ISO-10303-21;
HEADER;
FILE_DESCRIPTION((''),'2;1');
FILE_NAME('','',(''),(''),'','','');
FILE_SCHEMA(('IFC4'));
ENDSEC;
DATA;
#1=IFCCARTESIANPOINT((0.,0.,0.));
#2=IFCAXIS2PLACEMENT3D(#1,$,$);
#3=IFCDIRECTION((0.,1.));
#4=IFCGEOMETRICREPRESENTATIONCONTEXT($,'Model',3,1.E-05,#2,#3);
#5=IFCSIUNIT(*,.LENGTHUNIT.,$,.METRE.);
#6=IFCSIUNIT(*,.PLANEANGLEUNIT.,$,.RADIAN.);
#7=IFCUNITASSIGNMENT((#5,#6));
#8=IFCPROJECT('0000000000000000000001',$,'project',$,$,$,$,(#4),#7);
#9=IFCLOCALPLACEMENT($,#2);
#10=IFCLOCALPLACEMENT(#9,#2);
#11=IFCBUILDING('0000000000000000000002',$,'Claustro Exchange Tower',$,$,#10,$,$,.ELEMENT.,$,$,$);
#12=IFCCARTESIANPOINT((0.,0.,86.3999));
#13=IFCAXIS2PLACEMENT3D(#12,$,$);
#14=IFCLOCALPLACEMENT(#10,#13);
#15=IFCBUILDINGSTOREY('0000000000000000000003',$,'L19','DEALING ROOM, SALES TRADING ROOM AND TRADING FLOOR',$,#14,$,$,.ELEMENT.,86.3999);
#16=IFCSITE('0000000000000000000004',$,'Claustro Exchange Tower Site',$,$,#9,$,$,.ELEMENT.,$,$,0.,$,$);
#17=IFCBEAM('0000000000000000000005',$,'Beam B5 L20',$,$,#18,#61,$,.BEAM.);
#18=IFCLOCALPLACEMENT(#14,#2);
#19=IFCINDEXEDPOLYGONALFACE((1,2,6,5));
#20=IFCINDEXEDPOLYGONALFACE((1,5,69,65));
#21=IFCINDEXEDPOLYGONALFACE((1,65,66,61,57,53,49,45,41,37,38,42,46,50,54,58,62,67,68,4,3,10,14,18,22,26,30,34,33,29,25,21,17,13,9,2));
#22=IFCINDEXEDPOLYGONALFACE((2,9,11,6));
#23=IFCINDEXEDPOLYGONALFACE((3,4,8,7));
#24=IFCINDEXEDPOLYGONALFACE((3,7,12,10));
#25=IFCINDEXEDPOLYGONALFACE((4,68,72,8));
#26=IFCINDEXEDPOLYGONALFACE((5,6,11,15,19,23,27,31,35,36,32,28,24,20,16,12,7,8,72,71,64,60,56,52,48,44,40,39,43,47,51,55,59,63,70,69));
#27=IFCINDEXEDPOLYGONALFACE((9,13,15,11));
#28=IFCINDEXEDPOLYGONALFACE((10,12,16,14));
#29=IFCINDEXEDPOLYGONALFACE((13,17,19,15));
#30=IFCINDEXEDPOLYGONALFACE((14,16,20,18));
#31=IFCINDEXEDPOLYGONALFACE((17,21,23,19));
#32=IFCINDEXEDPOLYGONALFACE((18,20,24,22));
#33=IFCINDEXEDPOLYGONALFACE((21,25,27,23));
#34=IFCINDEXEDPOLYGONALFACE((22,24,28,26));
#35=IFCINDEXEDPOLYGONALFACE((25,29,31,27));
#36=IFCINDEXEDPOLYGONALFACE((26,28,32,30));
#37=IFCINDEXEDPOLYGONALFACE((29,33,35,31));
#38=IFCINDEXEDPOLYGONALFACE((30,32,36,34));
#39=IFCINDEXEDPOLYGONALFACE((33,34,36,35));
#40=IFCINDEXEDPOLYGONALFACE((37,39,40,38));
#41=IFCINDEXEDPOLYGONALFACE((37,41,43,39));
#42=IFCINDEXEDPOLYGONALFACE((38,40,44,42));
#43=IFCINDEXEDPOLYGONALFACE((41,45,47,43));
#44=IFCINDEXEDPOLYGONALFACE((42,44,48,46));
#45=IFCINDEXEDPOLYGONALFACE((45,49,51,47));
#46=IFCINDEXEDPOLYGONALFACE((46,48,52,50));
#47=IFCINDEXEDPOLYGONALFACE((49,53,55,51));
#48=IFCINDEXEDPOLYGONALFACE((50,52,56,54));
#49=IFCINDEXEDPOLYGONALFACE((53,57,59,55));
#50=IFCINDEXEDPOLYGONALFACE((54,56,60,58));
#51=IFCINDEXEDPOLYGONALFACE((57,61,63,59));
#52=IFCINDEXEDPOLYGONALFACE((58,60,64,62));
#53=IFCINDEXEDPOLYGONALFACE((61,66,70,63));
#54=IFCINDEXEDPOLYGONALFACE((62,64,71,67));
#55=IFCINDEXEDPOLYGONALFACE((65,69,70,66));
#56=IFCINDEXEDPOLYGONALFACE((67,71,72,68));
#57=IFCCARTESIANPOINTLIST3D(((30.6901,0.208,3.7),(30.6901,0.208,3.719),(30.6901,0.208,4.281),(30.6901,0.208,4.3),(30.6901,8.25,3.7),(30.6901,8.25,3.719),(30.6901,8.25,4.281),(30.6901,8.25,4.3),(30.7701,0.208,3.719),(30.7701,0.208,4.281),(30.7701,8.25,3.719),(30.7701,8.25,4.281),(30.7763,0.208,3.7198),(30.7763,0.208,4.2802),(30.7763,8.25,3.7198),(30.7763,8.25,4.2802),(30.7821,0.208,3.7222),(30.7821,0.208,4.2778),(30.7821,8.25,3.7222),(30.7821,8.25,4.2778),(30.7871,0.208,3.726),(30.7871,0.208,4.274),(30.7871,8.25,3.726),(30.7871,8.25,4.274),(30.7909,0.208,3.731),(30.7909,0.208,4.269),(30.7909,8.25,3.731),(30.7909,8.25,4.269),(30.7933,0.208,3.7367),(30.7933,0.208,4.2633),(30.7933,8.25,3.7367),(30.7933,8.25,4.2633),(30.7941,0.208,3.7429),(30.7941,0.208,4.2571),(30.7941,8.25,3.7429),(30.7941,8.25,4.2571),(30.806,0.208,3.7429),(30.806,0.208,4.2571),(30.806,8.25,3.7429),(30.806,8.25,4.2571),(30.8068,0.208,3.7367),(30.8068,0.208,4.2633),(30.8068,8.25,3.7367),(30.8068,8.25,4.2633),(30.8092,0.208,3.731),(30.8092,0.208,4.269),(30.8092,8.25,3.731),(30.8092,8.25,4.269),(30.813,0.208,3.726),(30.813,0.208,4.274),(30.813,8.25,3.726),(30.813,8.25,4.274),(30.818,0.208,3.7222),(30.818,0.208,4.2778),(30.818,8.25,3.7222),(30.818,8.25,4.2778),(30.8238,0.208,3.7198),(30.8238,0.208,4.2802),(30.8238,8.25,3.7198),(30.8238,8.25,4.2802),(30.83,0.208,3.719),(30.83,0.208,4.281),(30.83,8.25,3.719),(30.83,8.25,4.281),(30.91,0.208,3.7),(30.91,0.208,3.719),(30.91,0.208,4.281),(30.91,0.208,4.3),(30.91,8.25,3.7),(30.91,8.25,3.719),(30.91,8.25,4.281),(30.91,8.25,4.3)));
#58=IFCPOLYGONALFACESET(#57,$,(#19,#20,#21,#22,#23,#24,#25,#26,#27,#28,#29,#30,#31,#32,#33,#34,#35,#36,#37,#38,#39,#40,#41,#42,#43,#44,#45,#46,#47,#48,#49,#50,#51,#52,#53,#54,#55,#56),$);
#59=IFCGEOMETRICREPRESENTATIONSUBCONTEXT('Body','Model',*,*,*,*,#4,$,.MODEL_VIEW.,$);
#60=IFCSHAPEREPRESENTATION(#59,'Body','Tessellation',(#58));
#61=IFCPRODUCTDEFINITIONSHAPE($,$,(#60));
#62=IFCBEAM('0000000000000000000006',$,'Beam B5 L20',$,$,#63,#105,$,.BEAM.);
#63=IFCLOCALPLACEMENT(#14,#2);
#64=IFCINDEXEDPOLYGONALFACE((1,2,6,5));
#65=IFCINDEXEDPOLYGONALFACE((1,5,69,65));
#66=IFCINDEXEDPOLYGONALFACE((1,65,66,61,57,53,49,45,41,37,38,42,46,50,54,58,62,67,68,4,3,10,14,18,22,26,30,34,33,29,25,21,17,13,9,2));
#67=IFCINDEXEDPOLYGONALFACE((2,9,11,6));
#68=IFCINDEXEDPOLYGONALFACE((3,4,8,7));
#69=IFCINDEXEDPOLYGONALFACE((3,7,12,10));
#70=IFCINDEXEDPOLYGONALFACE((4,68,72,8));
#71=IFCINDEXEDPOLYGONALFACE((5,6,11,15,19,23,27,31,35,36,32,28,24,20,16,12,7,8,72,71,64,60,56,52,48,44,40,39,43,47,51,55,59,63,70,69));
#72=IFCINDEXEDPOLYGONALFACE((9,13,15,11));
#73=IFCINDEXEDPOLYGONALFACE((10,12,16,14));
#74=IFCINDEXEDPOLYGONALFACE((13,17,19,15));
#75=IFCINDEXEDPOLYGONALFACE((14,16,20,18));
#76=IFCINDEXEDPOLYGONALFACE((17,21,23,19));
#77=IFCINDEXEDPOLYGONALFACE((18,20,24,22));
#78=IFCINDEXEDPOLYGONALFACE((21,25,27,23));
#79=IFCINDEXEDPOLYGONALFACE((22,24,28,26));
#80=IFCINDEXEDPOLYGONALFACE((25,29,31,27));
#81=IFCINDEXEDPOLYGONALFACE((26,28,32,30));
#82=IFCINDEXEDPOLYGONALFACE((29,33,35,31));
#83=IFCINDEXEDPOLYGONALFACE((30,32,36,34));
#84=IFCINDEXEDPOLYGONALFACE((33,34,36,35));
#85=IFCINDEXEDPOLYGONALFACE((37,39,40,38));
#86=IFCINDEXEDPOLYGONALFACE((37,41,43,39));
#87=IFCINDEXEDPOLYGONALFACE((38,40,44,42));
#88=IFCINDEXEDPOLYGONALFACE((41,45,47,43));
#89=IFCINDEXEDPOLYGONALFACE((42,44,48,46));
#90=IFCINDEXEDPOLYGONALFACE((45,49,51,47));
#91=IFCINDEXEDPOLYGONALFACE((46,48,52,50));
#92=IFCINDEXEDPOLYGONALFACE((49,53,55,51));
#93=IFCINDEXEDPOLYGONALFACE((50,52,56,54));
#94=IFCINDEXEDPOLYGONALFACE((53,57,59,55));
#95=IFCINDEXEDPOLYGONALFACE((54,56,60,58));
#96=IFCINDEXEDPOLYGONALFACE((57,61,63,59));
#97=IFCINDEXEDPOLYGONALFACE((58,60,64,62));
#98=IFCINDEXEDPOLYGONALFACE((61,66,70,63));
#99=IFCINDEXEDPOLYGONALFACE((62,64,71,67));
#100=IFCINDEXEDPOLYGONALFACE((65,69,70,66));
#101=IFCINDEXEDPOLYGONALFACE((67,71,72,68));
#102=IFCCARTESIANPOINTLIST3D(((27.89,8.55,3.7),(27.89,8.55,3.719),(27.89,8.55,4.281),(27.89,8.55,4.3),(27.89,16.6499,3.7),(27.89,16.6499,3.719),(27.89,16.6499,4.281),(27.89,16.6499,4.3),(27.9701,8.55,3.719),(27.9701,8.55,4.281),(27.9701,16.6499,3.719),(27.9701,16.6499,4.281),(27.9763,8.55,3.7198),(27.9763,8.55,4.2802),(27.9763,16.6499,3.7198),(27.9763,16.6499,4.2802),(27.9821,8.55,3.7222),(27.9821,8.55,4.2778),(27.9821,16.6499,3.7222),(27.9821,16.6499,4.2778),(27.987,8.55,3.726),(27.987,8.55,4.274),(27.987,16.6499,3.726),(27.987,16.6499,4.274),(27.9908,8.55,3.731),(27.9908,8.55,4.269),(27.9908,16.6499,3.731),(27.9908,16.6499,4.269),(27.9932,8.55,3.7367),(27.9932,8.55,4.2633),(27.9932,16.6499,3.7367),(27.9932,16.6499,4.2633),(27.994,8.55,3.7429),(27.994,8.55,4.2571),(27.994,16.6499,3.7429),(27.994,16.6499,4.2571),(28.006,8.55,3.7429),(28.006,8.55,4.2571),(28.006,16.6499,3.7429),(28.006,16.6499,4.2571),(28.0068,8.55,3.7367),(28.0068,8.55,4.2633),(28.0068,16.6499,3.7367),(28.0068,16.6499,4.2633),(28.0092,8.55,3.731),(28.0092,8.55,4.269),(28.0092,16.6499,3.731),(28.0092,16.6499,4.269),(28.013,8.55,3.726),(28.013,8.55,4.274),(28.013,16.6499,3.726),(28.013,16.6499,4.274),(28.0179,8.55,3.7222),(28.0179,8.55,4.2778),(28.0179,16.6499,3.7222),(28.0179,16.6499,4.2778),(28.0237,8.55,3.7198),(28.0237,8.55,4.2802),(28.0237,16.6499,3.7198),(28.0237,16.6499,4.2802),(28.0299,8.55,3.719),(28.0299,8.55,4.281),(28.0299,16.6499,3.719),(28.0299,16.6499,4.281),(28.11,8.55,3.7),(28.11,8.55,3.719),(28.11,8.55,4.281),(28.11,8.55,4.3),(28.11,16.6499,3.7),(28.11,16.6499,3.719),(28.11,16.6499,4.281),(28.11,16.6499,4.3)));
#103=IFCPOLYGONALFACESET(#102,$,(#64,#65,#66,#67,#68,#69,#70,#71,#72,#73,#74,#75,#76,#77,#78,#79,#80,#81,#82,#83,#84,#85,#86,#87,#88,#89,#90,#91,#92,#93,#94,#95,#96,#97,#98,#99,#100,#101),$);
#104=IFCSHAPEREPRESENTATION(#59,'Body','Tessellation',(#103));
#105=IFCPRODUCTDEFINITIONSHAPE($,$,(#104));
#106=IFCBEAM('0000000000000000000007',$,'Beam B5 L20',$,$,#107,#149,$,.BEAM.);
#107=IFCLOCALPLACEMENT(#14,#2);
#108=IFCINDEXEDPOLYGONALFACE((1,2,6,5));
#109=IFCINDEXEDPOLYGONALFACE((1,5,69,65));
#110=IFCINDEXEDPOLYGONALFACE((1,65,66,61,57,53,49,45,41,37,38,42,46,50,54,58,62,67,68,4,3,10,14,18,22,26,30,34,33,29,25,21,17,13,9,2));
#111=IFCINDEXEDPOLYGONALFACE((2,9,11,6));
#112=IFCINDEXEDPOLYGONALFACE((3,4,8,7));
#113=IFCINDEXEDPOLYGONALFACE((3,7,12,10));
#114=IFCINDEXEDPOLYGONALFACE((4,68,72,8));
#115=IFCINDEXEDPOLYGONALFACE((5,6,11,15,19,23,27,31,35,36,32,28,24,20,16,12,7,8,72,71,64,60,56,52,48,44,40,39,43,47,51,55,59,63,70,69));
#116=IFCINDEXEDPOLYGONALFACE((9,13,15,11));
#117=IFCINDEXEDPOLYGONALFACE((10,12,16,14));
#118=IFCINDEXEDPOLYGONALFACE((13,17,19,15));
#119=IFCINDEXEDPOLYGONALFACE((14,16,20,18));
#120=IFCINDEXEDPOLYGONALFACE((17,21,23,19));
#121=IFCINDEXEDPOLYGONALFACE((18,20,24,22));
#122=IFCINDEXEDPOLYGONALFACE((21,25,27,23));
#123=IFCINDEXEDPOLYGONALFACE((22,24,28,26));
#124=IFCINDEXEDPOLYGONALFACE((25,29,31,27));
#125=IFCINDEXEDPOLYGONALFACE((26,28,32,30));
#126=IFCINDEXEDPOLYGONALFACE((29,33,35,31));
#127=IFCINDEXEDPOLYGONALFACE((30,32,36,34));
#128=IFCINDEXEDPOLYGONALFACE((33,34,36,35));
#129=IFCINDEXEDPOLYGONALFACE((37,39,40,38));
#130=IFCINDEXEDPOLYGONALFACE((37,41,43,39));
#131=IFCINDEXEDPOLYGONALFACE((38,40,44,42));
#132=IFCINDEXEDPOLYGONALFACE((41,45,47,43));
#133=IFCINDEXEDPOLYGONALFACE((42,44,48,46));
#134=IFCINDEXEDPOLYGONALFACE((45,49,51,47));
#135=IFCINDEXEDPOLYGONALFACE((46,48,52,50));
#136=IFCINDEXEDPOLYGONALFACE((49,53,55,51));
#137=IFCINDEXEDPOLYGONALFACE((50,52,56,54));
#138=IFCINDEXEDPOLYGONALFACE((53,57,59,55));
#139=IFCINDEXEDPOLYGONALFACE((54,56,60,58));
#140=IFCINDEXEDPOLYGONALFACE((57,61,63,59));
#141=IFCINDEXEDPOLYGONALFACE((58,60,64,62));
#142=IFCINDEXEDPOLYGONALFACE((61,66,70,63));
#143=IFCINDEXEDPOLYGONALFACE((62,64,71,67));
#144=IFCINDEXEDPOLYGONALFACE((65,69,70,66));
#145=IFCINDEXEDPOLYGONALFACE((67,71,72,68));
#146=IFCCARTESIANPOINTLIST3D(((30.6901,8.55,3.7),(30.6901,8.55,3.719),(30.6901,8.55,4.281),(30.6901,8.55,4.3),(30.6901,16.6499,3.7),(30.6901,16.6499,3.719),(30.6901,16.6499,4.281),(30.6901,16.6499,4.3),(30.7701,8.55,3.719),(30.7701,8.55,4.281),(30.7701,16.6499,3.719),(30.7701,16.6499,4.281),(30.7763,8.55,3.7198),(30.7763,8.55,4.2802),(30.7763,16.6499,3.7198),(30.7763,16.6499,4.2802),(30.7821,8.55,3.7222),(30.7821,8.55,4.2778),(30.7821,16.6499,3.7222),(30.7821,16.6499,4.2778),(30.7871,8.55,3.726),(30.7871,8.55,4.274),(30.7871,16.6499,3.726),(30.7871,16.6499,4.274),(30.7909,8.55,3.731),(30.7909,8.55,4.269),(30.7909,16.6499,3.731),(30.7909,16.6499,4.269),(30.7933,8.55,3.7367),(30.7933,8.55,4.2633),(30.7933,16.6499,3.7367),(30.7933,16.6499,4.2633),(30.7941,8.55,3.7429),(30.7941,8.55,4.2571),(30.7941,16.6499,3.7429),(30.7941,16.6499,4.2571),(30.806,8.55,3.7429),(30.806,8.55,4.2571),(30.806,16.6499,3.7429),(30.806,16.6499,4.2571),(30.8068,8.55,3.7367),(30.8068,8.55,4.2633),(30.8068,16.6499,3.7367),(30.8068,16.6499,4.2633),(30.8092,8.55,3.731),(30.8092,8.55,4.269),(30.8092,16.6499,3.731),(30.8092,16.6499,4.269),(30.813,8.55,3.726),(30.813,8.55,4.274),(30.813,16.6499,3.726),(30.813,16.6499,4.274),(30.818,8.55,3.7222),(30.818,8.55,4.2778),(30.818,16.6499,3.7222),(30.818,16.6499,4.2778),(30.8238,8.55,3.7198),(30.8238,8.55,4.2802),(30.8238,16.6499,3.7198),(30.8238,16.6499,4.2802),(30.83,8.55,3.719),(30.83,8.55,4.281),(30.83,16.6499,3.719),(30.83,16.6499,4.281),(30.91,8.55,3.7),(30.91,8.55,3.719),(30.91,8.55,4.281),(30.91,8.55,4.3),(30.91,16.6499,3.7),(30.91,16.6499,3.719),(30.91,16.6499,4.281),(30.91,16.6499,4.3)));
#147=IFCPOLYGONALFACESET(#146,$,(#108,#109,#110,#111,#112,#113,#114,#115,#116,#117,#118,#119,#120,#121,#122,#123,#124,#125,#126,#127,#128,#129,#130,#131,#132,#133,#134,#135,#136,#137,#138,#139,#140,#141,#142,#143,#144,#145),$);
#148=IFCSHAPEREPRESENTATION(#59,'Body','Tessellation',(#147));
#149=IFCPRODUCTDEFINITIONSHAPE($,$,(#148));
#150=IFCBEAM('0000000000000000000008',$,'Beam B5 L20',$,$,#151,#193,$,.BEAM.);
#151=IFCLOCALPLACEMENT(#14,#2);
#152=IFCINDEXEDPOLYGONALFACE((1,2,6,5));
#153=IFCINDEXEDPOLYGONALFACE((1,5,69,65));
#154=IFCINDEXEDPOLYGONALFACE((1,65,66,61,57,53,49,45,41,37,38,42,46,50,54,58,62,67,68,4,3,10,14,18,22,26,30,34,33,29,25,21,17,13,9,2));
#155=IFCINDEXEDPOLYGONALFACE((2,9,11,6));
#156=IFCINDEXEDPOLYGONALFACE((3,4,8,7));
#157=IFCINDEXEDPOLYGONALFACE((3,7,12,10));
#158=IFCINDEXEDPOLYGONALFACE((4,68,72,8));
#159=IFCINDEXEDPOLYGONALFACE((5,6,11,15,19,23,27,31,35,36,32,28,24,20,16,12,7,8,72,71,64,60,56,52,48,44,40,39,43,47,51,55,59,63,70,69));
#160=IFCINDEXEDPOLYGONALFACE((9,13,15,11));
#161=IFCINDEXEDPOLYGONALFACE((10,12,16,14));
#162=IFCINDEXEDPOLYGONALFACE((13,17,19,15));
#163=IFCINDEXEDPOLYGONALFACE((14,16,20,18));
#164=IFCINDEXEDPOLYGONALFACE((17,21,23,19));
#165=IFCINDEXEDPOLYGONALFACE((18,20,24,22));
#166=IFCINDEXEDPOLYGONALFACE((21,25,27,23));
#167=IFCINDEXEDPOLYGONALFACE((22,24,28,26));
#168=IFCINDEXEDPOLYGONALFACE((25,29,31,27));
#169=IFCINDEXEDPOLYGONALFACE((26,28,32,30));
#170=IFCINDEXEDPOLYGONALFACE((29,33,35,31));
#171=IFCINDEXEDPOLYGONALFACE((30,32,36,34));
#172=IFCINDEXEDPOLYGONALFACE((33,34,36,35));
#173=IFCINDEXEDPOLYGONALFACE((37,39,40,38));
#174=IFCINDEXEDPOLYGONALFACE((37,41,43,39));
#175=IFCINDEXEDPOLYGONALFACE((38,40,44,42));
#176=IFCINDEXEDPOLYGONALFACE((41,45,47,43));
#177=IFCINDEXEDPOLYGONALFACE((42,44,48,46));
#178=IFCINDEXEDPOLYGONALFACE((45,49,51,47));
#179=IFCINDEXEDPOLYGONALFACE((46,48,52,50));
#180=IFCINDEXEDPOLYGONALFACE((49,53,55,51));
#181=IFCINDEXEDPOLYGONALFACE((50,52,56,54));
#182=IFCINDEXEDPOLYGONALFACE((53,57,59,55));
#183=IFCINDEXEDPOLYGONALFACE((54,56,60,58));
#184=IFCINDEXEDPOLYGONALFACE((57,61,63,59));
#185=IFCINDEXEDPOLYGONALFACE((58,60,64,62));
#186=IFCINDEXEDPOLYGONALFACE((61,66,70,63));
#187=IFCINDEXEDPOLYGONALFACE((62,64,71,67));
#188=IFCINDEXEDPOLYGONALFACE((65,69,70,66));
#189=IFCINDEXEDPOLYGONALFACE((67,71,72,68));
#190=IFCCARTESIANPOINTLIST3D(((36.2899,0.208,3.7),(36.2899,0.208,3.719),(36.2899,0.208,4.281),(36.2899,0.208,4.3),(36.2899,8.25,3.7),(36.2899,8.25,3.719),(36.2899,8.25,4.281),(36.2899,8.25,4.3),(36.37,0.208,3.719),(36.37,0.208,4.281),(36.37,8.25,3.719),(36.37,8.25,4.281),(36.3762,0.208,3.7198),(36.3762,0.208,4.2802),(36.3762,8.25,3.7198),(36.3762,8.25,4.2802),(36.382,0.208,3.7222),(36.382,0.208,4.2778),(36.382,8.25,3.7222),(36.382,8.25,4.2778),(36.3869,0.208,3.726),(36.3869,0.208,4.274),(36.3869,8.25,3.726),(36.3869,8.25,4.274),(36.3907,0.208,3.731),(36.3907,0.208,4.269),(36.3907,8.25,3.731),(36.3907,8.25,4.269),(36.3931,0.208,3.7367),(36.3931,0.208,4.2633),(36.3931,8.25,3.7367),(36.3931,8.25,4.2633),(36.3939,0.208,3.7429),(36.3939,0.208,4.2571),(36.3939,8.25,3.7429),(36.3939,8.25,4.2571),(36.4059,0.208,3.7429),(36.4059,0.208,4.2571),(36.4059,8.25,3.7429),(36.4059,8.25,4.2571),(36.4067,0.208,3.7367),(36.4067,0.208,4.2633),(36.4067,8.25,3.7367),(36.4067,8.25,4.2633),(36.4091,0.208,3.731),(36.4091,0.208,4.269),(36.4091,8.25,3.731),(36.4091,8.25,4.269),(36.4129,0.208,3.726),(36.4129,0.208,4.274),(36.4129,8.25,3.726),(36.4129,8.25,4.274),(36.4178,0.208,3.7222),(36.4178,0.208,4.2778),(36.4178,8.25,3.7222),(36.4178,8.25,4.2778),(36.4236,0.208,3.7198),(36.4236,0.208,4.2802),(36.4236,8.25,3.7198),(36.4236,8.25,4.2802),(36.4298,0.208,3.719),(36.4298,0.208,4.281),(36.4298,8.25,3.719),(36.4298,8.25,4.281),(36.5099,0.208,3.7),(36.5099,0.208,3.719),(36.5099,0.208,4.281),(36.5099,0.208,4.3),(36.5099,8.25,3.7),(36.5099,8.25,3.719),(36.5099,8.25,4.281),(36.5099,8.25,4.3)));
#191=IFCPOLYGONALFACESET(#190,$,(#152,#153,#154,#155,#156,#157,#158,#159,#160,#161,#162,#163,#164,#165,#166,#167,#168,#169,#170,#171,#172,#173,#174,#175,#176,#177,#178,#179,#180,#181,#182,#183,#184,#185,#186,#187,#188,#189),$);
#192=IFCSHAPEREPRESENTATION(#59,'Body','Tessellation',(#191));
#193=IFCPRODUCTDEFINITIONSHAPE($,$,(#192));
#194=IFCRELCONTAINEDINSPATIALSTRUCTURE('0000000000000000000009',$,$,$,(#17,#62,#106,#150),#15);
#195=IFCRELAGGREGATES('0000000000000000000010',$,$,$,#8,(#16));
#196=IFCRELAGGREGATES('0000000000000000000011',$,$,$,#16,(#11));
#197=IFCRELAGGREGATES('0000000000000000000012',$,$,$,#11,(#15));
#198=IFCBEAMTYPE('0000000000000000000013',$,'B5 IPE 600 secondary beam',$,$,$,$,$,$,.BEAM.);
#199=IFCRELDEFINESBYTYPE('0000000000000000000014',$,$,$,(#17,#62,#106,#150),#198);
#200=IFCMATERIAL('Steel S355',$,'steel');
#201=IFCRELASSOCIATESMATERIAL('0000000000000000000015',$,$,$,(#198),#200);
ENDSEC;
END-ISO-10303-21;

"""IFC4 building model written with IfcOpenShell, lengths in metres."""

from ifc_helpers import new_model, si_unit, direction, frame, origin, origin_2d, place, context, subcontext, project, spatial, i_section, extrude, material, material_profile, profile_set, type_object, element, save


model = new_model("IFC4")

# Units and contexts
model_context = context("Model", 3, precision=1e-05, world=origin(), true_north=direction((0.0, 1.0)))
body_context = subcontext(model_context, "Body", "Model", "MODEL_VIEW")
ifc_project = project(units=[si_unit("LENGTHUNIT", "METRE"), si_unit("PLANEANGLEUNIT", "RADIAN")], contexts=[model_context])

# Site, building, storey
site_placement = place(None, origin())
site = spatial("IfcSite", under=ifc_project, at=site_placement, Name="Claustro Exchange Tower Site", CompositionType="ELEMENT", RefElevation=0.0)
building_placement = place(site_placement, origin())
building = spatial("IfcBuilding", under=site, at=building_placement, Name="Claustro Exchange Tower", CompositionType="ELEMENT")
storey_placement = place(building_placement, frame((0.0, 0.0, 86.3999)))
storey = spatial("IfcBuildingStorey", under=building, at=storey_placement, Name="L19", Description="DEALING ROOM, SALES TRADING ROOM AND TRADING FLOOR", CompositionType="ELEMENT", Elevation=86.3999)

# Beams
ifc_material_1 = material(Name="Steel S355", Category="steel")
ifc_material_profile_1 = material_profile(ifc_material_1, i_section(OverallWidth=0.22, OverallDepth=0.6001, WebThickness=0.012, FlangeThickness=0.019, FilletRadius=0.0239, at=origin_2d()), Name="IPE 600")
ifc_profile_set_1 = profile_set([ifc_material_profile_1], Name="Steel S355")
beam_type_1 = type_object("IfcBeamType", Name="B5 IPE 600 secondary beam", PredefinedType="BEAM", material=ifc_profile_set_1)
for number, where, z_axis, x_axis, name in (
    (1, (30.8, 0.208, 4.0), (0.0, 1.0, 0.0), (-1.0, 0.0, 0.0), "Beam B5 L20"),
):
    element("IfcBeam", number, at=place(storey_placement, frame(where, z_axis=z_axis, x_axis=x_axis)), inside=storey, type_object=beam_type_1, Name=name, PredefinedType="BEAM", context=body_context, shape_type="SweptSolid", body=[
        extrude(i_section(OverallWidth=0.22, OverallDepth=0.6001, WebThickness=0.012, FlangeThickness=0.019, FilletRadius=0.0239, at=origin_2d()), origin(), (0.0, 0.0, 1.0), 8.042),
    ])
for number, where, z_axis, x_axis, name in (
    (2, (28.0, 8.55, 4.0), (0.0, 1.0, 0.0), (-1.0, 0.0, 0.0), "Beam B5 L20"),
    (3, (30.8, 8.55, 4.0), (0.0, 1.0, 0.0), (-1.0, 0.0, 0.0), "Beam B5 L20"),
):
    element("IfcBeam", number, at=place(storey_placement, frame(where, z_axis=z_axis, x_axis=x_axis)), inside=storey, type_object=beam_type_1, Name=name, PredefinedType="BEAM", context=body_context, shape_type="SweptSolid", body=[
        extrude(i_section(OverallWidth=0.22, OverallDepth=0.6001, WebThickness=0.012, FlangeThickness=0.019, FilletRadius=0.0239, at=origin_2d()), origin(), (0.0, 0.0, 1.0), 8.0999),
    ])
beam_1_placement = place(storey_placement, frame((36.3999, 0.208, 4.0), z_axis=(0.0, 1.0, 0.0), x_axis=(-1.0, 0.0, 0.0)))
element("IfcBeam", 4, at=beam_1_placement, inside=storey, type_object=beam_type_1, Name="Beam B5 L20", PredefinedType="BEAM", context=body_context, shape_type="SweptSolid", body=[
    extrude(i_section(OverallWidth=0.22, OverallDepth=0.6001, WebThickness=0.012, FlangeThickness=0.019, FilletRadius=0.0239, at=origin_2d()), origin(), (0.0, 0.0, 1.0), 8.042),
])

save(model, "model.ifc")
